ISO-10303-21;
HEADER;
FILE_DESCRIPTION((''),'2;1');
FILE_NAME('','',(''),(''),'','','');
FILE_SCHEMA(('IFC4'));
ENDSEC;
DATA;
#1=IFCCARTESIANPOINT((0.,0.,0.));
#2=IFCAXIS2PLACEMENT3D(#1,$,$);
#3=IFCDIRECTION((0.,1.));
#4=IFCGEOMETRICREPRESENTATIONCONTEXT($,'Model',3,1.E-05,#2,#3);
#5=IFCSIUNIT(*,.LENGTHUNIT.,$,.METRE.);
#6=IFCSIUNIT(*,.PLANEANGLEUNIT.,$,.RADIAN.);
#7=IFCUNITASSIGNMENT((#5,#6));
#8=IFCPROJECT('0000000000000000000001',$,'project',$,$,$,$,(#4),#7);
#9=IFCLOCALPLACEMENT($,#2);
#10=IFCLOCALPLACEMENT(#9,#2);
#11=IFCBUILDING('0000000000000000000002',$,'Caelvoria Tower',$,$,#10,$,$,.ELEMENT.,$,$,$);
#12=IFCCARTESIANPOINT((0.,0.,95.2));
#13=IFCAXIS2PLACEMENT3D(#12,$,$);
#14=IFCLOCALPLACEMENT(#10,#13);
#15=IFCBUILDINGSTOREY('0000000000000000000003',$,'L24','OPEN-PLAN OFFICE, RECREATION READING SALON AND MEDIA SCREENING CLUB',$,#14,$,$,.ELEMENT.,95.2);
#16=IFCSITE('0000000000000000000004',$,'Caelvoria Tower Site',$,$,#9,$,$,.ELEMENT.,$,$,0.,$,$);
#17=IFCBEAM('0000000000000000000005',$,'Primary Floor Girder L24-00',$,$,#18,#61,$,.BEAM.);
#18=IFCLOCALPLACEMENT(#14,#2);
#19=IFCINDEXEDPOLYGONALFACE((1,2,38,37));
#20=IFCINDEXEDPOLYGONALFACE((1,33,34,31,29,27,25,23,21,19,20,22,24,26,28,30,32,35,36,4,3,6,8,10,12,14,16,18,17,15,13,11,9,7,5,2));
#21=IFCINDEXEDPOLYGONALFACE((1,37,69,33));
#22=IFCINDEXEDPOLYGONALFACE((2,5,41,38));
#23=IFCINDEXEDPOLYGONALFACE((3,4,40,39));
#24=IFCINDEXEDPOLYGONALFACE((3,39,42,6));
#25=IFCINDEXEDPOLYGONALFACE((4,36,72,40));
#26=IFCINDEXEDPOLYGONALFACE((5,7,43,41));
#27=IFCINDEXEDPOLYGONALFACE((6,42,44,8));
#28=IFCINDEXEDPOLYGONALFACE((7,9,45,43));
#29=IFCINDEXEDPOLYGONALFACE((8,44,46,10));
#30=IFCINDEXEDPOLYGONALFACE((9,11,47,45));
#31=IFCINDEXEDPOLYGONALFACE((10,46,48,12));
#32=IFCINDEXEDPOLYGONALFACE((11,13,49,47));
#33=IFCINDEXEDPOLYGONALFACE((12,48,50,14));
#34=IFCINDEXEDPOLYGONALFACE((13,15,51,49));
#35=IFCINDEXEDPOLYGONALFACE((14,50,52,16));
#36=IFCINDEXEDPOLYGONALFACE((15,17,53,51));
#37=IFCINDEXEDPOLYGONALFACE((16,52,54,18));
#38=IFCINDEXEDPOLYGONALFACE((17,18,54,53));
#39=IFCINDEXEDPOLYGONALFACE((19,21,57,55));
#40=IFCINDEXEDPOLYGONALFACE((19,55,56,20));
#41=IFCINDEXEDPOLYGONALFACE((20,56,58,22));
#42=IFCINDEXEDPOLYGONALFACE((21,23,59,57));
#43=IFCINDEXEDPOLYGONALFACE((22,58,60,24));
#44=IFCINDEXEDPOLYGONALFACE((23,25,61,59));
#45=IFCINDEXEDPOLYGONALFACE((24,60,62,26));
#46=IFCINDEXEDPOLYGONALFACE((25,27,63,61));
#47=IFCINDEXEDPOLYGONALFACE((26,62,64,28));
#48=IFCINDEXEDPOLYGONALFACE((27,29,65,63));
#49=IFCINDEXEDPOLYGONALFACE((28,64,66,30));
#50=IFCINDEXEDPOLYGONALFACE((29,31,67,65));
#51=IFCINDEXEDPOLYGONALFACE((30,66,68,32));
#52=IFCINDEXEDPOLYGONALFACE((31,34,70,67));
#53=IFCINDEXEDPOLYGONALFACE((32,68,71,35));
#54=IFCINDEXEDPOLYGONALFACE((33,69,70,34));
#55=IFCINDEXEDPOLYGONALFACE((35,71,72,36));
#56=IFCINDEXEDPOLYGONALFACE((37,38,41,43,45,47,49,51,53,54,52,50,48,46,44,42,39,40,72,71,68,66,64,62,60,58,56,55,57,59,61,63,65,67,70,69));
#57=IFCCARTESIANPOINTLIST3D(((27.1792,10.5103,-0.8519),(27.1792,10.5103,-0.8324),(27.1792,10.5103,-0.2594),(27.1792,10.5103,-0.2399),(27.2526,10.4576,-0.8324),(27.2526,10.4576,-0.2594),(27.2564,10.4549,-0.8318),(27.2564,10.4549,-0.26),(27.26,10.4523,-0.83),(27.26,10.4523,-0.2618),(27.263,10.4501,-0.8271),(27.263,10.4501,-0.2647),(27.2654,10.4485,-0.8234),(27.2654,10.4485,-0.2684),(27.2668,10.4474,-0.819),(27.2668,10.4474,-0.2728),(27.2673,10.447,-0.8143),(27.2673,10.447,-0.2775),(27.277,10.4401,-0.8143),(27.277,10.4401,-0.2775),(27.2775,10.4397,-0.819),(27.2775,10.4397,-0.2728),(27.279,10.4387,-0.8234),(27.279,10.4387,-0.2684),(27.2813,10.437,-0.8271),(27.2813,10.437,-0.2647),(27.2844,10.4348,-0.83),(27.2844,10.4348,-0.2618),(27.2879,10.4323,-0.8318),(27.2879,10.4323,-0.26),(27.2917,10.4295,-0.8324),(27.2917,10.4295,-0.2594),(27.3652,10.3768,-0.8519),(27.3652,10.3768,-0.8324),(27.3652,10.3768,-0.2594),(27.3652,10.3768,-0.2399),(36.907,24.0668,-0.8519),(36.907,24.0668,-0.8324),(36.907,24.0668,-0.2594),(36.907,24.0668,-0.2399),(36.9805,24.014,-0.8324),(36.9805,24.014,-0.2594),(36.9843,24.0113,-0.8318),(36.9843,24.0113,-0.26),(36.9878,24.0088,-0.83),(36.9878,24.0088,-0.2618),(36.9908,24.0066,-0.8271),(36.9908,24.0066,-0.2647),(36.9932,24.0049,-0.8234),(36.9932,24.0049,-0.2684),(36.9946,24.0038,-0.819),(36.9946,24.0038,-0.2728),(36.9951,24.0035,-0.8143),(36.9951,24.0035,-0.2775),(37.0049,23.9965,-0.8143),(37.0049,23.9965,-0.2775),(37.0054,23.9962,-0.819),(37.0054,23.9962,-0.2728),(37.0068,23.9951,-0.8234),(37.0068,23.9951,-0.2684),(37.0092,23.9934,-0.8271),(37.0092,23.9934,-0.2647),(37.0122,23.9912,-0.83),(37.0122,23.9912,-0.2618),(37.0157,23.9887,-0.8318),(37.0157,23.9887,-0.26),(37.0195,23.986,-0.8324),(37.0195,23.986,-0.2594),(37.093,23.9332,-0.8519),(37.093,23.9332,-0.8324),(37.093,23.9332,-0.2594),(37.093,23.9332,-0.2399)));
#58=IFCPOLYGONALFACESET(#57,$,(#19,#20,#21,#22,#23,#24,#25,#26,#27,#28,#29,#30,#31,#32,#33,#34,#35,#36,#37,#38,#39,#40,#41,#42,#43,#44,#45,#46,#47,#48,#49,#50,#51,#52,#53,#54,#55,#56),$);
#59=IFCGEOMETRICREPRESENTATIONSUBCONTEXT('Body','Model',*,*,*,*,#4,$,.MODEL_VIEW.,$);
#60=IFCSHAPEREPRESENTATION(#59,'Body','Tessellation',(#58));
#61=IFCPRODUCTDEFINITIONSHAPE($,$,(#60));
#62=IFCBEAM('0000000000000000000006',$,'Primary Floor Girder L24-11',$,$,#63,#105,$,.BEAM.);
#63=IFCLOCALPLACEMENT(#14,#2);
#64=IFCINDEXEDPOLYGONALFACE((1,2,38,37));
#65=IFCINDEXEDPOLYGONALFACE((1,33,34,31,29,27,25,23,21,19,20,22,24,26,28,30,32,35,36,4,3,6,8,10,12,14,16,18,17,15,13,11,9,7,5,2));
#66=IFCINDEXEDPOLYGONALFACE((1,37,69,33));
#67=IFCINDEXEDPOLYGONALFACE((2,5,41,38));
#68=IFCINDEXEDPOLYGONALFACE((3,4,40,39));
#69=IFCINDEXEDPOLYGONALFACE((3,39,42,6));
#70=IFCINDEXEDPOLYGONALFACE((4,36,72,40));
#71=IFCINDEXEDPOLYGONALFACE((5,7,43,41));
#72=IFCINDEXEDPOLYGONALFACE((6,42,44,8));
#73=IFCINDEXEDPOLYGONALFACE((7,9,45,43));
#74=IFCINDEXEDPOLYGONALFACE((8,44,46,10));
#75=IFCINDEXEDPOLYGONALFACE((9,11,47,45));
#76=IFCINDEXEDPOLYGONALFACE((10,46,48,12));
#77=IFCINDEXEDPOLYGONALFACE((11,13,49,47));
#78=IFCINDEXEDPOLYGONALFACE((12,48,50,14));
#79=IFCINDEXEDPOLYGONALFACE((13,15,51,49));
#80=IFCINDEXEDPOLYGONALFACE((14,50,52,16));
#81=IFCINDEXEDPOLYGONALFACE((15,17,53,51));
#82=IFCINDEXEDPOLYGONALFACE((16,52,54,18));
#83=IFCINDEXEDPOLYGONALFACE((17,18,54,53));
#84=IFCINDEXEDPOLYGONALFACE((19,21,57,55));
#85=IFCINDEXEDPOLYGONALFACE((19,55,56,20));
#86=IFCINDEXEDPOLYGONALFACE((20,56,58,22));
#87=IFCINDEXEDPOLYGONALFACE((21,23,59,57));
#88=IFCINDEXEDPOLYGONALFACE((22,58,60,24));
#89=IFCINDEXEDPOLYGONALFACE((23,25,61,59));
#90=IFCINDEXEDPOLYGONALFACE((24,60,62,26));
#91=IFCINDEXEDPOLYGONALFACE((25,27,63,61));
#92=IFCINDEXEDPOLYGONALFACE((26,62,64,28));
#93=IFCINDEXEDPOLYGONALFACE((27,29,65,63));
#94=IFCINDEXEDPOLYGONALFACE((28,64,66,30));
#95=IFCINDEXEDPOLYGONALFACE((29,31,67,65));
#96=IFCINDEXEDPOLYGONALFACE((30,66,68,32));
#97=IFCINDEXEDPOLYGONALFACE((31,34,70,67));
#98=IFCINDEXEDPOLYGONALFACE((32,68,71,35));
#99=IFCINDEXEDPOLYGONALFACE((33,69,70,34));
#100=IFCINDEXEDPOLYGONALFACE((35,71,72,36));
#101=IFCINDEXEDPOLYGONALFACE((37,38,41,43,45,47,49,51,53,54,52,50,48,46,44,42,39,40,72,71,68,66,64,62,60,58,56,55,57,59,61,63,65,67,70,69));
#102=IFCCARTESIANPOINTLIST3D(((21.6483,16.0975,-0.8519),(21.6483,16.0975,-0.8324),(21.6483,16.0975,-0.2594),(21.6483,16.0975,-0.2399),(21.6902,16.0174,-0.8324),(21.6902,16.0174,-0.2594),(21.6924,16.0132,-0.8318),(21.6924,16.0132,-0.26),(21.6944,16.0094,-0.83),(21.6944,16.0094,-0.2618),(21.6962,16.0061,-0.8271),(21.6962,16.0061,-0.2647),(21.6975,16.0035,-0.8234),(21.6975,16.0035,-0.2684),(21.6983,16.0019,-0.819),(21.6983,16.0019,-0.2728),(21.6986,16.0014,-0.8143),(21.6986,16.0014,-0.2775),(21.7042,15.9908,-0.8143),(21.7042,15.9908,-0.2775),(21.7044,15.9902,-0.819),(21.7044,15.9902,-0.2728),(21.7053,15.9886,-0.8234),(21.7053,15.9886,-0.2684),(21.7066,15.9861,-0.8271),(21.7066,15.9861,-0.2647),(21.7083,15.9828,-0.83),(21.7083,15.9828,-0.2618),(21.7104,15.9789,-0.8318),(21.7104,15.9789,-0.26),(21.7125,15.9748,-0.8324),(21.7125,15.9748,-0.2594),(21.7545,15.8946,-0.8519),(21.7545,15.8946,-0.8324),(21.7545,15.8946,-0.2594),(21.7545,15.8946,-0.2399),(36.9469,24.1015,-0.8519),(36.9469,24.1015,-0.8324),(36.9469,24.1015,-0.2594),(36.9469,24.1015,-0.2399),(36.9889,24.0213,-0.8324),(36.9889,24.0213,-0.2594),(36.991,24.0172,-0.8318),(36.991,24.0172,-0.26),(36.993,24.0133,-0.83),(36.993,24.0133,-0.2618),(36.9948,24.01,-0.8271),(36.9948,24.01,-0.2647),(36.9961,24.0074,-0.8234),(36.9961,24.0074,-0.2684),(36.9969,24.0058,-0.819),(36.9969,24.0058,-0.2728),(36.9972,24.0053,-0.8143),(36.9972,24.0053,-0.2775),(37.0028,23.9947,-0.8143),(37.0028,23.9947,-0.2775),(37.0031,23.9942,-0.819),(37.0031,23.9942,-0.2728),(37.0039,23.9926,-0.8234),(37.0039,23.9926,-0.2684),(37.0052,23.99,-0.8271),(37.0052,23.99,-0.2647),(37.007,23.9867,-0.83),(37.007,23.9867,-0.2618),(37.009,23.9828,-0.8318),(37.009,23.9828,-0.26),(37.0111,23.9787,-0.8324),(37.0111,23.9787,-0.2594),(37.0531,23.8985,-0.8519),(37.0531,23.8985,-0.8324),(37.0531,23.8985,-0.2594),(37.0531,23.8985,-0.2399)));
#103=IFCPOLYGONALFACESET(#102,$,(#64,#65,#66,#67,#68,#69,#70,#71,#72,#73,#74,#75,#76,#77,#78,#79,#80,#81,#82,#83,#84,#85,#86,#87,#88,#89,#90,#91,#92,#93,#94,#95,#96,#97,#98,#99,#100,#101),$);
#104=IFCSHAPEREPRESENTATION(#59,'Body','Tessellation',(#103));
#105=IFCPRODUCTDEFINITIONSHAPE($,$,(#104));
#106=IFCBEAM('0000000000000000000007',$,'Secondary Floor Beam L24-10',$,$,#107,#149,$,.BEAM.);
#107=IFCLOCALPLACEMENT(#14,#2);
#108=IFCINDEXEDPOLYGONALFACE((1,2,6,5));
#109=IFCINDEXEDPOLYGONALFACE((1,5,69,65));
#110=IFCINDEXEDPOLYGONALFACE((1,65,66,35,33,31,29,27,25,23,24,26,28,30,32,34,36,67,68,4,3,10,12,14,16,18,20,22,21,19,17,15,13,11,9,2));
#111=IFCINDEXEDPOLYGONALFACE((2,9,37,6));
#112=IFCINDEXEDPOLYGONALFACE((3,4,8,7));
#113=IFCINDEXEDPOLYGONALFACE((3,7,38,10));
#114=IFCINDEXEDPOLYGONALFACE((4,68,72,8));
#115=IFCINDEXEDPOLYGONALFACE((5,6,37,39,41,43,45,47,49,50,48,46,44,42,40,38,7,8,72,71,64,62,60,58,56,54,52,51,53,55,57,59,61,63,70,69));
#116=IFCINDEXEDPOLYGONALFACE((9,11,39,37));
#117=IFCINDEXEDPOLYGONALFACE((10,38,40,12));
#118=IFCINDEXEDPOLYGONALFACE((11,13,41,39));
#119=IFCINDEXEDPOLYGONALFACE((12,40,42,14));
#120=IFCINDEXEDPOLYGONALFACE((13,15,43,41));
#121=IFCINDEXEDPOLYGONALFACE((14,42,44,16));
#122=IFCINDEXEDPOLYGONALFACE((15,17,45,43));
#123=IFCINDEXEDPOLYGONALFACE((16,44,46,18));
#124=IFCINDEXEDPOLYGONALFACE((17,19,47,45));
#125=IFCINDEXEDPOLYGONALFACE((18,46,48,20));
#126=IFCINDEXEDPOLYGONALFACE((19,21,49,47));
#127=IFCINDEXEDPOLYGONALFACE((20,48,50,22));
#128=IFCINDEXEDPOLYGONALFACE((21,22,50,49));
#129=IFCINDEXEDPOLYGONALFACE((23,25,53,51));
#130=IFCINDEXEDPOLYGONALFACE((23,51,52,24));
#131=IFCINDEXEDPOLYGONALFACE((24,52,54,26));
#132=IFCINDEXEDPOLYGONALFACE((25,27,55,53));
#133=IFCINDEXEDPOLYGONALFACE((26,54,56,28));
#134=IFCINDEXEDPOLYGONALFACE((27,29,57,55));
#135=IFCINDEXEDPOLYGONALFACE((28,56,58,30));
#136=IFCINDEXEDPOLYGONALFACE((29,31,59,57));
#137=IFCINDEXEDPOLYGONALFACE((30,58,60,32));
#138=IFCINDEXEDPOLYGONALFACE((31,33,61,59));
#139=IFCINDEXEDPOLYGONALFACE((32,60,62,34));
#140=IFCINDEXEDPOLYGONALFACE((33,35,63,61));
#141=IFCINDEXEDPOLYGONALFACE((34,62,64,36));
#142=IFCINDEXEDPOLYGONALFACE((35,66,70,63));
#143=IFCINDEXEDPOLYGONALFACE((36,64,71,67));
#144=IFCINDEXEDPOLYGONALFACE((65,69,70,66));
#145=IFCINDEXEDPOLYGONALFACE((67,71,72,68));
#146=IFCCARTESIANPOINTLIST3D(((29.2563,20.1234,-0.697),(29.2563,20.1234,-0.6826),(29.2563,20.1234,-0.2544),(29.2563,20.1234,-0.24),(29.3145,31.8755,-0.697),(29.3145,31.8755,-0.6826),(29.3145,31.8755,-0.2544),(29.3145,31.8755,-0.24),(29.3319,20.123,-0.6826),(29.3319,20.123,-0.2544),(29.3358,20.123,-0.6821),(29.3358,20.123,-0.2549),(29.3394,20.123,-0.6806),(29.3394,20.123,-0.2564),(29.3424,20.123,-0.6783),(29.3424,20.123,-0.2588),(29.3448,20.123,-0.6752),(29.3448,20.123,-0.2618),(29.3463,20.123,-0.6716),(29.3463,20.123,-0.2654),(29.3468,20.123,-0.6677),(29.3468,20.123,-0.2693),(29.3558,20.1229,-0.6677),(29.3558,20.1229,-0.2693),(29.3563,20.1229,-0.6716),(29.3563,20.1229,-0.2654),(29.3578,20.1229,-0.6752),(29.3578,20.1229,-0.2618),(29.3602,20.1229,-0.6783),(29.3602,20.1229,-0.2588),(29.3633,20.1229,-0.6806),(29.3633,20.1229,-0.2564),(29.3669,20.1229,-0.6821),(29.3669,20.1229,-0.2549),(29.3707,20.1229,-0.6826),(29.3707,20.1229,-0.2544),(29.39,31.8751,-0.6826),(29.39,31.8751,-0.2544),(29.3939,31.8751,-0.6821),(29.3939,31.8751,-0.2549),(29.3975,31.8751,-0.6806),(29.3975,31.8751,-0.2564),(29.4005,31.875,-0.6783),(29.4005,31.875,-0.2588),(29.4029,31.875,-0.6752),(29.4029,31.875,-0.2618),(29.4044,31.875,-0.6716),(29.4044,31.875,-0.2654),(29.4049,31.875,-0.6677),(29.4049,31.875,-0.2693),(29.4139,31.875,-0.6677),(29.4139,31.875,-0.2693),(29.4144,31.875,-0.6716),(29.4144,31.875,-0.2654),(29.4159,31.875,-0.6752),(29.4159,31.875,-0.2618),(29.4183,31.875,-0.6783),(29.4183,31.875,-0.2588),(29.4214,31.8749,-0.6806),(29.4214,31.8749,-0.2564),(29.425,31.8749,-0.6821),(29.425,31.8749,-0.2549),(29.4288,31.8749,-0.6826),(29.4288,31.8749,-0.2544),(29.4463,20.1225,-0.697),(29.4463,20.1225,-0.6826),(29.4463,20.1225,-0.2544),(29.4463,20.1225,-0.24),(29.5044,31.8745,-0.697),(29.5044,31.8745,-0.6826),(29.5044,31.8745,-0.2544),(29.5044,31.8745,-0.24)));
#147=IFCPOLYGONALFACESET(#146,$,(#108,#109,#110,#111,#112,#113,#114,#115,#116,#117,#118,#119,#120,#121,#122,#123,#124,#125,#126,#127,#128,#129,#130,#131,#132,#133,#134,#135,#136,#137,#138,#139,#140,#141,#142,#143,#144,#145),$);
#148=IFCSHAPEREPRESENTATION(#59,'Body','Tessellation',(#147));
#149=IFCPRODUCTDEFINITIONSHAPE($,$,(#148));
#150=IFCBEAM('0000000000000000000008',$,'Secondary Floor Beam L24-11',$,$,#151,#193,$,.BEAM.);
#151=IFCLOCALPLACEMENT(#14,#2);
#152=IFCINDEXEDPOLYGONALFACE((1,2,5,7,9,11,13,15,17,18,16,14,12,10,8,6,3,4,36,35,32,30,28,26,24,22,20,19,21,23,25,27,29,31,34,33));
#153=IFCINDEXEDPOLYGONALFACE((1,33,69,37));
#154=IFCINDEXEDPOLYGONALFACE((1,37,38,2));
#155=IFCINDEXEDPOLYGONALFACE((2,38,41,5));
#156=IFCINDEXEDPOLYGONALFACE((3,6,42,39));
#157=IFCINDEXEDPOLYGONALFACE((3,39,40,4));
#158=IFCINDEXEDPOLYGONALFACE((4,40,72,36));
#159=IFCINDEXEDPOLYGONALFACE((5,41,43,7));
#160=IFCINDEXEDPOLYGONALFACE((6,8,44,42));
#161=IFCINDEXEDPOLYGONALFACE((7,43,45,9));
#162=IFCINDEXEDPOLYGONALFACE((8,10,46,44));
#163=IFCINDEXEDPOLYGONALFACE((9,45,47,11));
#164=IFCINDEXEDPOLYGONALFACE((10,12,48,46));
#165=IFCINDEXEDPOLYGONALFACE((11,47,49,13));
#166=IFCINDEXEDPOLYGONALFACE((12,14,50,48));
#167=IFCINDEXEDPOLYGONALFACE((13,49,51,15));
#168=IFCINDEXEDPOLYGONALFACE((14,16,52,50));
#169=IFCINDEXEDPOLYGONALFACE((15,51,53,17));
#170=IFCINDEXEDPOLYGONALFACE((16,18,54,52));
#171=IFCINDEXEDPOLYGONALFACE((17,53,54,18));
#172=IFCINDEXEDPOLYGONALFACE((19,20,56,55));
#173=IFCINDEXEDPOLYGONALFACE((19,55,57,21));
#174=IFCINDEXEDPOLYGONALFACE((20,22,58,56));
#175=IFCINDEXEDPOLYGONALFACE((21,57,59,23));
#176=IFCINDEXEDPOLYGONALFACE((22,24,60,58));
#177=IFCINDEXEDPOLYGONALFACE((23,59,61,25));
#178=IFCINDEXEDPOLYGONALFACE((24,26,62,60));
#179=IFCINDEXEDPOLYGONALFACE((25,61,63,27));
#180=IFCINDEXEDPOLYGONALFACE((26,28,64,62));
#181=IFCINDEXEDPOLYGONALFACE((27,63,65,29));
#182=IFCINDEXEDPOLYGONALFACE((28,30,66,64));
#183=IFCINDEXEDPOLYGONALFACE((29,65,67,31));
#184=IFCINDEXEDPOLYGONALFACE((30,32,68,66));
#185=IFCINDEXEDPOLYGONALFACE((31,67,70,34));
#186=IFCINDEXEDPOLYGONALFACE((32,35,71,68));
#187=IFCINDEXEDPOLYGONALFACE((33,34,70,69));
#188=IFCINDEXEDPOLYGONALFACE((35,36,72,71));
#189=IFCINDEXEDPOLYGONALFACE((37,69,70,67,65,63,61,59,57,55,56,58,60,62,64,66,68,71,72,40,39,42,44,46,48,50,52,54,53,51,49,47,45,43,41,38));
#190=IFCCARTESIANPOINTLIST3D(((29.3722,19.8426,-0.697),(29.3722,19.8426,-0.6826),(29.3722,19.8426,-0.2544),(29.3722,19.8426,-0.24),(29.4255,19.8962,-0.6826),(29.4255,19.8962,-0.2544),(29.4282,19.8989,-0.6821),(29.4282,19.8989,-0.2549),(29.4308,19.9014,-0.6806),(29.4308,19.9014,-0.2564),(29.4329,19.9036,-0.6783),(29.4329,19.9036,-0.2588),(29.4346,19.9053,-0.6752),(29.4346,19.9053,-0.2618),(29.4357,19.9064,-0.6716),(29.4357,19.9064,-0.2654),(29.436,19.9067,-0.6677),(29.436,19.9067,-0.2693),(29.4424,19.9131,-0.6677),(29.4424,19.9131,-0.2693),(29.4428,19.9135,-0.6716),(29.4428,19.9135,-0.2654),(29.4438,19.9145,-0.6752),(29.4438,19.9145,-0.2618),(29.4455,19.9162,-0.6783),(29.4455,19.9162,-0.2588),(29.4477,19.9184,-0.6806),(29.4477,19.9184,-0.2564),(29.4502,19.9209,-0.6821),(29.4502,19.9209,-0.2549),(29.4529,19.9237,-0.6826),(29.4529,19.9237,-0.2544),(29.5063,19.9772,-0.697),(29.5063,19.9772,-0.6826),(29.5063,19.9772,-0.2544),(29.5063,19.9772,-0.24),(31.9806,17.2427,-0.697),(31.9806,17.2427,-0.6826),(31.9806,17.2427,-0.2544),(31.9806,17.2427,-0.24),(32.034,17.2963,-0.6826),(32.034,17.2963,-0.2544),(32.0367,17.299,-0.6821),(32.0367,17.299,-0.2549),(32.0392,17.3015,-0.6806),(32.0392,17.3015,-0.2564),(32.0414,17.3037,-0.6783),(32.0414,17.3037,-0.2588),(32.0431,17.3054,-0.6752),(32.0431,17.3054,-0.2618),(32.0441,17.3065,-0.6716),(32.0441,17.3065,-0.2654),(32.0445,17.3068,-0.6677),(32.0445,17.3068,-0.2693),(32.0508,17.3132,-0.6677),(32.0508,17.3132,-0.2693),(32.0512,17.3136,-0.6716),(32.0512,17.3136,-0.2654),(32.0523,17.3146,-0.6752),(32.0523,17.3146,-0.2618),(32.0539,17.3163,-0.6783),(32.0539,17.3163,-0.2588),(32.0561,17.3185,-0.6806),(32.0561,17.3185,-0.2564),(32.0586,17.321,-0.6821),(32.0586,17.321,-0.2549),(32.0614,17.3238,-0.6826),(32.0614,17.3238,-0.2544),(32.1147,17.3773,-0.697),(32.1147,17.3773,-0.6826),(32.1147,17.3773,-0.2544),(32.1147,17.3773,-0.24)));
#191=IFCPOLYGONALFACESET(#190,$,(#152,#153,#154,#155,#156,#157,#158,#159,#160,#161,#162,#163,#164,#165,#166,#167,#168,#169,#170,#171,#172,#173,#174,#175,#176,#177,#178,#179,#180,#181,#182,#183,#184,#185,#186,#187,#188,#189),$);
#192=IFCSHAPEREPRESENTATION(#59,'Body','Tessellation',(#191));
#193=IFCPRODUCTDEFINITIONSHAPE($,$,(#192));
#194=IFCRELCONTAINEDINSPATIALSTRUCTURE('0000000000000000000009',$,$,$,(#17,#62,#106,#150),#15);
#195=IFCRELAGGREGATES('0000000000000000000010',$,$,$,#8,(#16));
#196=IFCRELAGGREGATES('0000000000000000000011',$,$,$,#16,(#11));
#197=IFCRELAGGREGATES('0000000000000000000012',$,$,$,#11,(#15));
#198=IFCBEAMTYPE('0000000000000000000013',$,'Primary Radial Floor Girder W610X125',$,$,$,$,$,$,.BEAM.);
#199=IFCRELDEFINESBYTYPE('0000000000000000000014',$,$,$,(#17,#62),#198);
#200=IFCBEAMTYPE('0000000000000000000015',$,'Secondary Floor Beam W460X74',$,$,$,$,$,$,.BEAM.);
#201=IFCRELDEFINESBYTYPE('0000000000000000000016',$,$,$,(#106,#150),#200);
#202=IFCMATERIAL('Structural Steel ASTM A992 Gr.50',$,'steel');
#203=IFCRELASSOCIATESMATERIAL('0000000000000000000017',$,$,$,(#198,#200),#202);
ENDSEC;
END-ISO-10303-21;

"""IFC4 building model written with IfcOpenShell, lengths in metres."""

from ifc_helpers import new_model, si_unit, direction, frame, origin, origin_2d, place, context, subcontext, project, spatial, i_section, extrude, material, material_profile, profile_set, type_object, element, save


model = new_model("IFC4")

# Units and contexts
model_context = context("Model", 3, precision=1e-05, world=origin(), true_north=direction((0.0, 1.0)))
body_context = subcontext(model_context, "Body", "Model", "MODEL_VIEW")
ifc_project = project(units=[si_unit("LENGTHUNIT", "METRE"), si_unit("PLANEANGLEUNIT", "RADIAN")], contexts=[model_context])

# Site, building, storey
site_placement = place(None, origin())
site = spatial("IfcSite", under=ifc_project, at=site_placement, Name="Caelvoria Tower Site", CompositionType="ELEMENT", RefElevation=0.0)
building_placement = place(site_placement, origin())
building = spatial("IfcBuilding", under=site, at=building_placement, Name="Caelvoria Tower", CompositionType="ELEMENT")
storey_placement = place(building_placement, frame((0.0, 0.0, 95.2)))
storey = spatial("IfcBuildingStorey", under=building, at=storey_placement, Name="L24", Description="OPEN-PLAN OFFICE, RECREATION READING SALON AND MEDIA SCREENING CLUB", CompositionType="ELEMENT", Elevation=95.2)

# Beams
ifc_material_1 = material(Name="Structural Steel ASTM A992 Gr.50", Category="steel")
ifc_material_profile_1 = material_profile(ifc_material_1, i_section(OverallWidth=0.229, OverallDepth=0.6121, WebThickness=0.012, FlangeThickness=0.0195, FilletRadius=0.0181, at=origin_2d()), Name="Structural Steel ASTM A992 Gr.50")
ifc_profile_set_1 = profile_set([ifc_material_profile_1], Name="W610X125 - Structural Steel ASTM A992 Gr.50")
beam_type_1 = type_object("IfcBeamType", Name="Primary Radial Floor Girder W610X125", PredefinedType="BEAM", material=ifc_profile_set_1)
beam_1_placement = place(storey_placement, frame((37.0, 24.0, -0.5459), z_axis=(-0.583008, -0.812466, 0.0), x_axis=(0.812466, -0.583008, 0.0)))
element("IfcBeam", 1, at=beam_1_placement, inside=storey, type_object=beam_type_1, Name="Primary Floor Girder L24-00", PredefinedType="BEAM", context=body_context, shape_type="SweptSolid", body=[
    extrude(i_section(OverallWidth=0.229, OverallDepth=0.6121, WebThickness=0.012, FlangeThickness=0.0195, FilletRadius=0.0181, at=origin_2d()), origin(), (0.0, 0.0, 1.0), 16.6855),
])
beam_2_placement = place(storey_placement, frame((37.0, 24.0, -0.5459), z_axis=(-0.886061, -0.463569, 0.0), x_axis=(0.463569, -0.886061, 0.0)))
element("IfcBeam", 2, at=beam_2_placement, inside=storey, type_object=beam_type_1, Name="Primary Floor Girder L24-11", PredefinedType="BEAM", context=body_context, shape_type="SweptSolid", body=[
    extrude(i_section(OverallWidth=0.229, OverallDepth=0.6121, WebThickness=0.012, FlangeThickness=0.0195, FilletRadius=0.0181, at=origin_2d()), origin(), (0.0, 0.0, 1.0), 17.2659),
])
ifc_material_profile_2 = material_profile(ifc_material_1, i_section(OverallWidth=0.1899, OverallDepth=0.457, WebThickness=0.009, FlangeThickness=0.0144, FilletRadius=0.0149, at=origin_2d()), Name="Structural Steel ASTM A992 Gr.50")
ifc_profile_set_2 = profile_set([ifc_material_profile_2], Name="W460X74 - Structural Steel ASTM A992 Gr.50")
beam_type_2 = type_object("IfcBeamType", Name="Secondary Floor Beam W460X74", PredefinedType="BEAM", material=ifc_profile_set_2)
beam_3_placement = place(storey_placement, frame((29.4094, 31.875, -0.4685), z_axis=(-0.004944, -0.999988, 0.0), x_axis=(0.999988, -0.004944, 0.0)))
element("IfcBeam", 3, at=beam_3_placement, inside=storey, type_object=beam_type_2, Name="Secondary Floor Beam L24-10", PredefinedType="BEAM", context=body_context, shape_type="SweptSolid", body=[
    extrude(i_section(OverallWidth=0.1899, OverallDepth=0.457, WebThickness=0.009, FlangeThickness=0.0144, FilletRadius=0.0149, at=origin_2d()), origin(), (0.0, 0.0, 1.0), 11.7522),
])
beam_4_placement = place(storey_placement, frame((29.4392, 19.9099, -0.4685), z_axis=(0.708266, -0.705946, 0.0), x_axis=(0.705946, 0.708266, 0.0)))
element("IfcBeam", 4, at=beam_4_placement, inside=storey, type_object=beam_type_2, Name="Secondary Floor Beam L24-11", PredefinedType="BEAM", context=body_context, shape_type="SweptSolid", body=[
    extrude(i_section(OverallWidth=0.1899, OverallDepth=0.457, WebThickness=0.009, FlangeThickness=0.0144, FilletRadius=0.0149, at=origin_2d()), origin(), (0.0, 0.0, 1.0), 3.6829),
])

save(model, "model.ifc")
